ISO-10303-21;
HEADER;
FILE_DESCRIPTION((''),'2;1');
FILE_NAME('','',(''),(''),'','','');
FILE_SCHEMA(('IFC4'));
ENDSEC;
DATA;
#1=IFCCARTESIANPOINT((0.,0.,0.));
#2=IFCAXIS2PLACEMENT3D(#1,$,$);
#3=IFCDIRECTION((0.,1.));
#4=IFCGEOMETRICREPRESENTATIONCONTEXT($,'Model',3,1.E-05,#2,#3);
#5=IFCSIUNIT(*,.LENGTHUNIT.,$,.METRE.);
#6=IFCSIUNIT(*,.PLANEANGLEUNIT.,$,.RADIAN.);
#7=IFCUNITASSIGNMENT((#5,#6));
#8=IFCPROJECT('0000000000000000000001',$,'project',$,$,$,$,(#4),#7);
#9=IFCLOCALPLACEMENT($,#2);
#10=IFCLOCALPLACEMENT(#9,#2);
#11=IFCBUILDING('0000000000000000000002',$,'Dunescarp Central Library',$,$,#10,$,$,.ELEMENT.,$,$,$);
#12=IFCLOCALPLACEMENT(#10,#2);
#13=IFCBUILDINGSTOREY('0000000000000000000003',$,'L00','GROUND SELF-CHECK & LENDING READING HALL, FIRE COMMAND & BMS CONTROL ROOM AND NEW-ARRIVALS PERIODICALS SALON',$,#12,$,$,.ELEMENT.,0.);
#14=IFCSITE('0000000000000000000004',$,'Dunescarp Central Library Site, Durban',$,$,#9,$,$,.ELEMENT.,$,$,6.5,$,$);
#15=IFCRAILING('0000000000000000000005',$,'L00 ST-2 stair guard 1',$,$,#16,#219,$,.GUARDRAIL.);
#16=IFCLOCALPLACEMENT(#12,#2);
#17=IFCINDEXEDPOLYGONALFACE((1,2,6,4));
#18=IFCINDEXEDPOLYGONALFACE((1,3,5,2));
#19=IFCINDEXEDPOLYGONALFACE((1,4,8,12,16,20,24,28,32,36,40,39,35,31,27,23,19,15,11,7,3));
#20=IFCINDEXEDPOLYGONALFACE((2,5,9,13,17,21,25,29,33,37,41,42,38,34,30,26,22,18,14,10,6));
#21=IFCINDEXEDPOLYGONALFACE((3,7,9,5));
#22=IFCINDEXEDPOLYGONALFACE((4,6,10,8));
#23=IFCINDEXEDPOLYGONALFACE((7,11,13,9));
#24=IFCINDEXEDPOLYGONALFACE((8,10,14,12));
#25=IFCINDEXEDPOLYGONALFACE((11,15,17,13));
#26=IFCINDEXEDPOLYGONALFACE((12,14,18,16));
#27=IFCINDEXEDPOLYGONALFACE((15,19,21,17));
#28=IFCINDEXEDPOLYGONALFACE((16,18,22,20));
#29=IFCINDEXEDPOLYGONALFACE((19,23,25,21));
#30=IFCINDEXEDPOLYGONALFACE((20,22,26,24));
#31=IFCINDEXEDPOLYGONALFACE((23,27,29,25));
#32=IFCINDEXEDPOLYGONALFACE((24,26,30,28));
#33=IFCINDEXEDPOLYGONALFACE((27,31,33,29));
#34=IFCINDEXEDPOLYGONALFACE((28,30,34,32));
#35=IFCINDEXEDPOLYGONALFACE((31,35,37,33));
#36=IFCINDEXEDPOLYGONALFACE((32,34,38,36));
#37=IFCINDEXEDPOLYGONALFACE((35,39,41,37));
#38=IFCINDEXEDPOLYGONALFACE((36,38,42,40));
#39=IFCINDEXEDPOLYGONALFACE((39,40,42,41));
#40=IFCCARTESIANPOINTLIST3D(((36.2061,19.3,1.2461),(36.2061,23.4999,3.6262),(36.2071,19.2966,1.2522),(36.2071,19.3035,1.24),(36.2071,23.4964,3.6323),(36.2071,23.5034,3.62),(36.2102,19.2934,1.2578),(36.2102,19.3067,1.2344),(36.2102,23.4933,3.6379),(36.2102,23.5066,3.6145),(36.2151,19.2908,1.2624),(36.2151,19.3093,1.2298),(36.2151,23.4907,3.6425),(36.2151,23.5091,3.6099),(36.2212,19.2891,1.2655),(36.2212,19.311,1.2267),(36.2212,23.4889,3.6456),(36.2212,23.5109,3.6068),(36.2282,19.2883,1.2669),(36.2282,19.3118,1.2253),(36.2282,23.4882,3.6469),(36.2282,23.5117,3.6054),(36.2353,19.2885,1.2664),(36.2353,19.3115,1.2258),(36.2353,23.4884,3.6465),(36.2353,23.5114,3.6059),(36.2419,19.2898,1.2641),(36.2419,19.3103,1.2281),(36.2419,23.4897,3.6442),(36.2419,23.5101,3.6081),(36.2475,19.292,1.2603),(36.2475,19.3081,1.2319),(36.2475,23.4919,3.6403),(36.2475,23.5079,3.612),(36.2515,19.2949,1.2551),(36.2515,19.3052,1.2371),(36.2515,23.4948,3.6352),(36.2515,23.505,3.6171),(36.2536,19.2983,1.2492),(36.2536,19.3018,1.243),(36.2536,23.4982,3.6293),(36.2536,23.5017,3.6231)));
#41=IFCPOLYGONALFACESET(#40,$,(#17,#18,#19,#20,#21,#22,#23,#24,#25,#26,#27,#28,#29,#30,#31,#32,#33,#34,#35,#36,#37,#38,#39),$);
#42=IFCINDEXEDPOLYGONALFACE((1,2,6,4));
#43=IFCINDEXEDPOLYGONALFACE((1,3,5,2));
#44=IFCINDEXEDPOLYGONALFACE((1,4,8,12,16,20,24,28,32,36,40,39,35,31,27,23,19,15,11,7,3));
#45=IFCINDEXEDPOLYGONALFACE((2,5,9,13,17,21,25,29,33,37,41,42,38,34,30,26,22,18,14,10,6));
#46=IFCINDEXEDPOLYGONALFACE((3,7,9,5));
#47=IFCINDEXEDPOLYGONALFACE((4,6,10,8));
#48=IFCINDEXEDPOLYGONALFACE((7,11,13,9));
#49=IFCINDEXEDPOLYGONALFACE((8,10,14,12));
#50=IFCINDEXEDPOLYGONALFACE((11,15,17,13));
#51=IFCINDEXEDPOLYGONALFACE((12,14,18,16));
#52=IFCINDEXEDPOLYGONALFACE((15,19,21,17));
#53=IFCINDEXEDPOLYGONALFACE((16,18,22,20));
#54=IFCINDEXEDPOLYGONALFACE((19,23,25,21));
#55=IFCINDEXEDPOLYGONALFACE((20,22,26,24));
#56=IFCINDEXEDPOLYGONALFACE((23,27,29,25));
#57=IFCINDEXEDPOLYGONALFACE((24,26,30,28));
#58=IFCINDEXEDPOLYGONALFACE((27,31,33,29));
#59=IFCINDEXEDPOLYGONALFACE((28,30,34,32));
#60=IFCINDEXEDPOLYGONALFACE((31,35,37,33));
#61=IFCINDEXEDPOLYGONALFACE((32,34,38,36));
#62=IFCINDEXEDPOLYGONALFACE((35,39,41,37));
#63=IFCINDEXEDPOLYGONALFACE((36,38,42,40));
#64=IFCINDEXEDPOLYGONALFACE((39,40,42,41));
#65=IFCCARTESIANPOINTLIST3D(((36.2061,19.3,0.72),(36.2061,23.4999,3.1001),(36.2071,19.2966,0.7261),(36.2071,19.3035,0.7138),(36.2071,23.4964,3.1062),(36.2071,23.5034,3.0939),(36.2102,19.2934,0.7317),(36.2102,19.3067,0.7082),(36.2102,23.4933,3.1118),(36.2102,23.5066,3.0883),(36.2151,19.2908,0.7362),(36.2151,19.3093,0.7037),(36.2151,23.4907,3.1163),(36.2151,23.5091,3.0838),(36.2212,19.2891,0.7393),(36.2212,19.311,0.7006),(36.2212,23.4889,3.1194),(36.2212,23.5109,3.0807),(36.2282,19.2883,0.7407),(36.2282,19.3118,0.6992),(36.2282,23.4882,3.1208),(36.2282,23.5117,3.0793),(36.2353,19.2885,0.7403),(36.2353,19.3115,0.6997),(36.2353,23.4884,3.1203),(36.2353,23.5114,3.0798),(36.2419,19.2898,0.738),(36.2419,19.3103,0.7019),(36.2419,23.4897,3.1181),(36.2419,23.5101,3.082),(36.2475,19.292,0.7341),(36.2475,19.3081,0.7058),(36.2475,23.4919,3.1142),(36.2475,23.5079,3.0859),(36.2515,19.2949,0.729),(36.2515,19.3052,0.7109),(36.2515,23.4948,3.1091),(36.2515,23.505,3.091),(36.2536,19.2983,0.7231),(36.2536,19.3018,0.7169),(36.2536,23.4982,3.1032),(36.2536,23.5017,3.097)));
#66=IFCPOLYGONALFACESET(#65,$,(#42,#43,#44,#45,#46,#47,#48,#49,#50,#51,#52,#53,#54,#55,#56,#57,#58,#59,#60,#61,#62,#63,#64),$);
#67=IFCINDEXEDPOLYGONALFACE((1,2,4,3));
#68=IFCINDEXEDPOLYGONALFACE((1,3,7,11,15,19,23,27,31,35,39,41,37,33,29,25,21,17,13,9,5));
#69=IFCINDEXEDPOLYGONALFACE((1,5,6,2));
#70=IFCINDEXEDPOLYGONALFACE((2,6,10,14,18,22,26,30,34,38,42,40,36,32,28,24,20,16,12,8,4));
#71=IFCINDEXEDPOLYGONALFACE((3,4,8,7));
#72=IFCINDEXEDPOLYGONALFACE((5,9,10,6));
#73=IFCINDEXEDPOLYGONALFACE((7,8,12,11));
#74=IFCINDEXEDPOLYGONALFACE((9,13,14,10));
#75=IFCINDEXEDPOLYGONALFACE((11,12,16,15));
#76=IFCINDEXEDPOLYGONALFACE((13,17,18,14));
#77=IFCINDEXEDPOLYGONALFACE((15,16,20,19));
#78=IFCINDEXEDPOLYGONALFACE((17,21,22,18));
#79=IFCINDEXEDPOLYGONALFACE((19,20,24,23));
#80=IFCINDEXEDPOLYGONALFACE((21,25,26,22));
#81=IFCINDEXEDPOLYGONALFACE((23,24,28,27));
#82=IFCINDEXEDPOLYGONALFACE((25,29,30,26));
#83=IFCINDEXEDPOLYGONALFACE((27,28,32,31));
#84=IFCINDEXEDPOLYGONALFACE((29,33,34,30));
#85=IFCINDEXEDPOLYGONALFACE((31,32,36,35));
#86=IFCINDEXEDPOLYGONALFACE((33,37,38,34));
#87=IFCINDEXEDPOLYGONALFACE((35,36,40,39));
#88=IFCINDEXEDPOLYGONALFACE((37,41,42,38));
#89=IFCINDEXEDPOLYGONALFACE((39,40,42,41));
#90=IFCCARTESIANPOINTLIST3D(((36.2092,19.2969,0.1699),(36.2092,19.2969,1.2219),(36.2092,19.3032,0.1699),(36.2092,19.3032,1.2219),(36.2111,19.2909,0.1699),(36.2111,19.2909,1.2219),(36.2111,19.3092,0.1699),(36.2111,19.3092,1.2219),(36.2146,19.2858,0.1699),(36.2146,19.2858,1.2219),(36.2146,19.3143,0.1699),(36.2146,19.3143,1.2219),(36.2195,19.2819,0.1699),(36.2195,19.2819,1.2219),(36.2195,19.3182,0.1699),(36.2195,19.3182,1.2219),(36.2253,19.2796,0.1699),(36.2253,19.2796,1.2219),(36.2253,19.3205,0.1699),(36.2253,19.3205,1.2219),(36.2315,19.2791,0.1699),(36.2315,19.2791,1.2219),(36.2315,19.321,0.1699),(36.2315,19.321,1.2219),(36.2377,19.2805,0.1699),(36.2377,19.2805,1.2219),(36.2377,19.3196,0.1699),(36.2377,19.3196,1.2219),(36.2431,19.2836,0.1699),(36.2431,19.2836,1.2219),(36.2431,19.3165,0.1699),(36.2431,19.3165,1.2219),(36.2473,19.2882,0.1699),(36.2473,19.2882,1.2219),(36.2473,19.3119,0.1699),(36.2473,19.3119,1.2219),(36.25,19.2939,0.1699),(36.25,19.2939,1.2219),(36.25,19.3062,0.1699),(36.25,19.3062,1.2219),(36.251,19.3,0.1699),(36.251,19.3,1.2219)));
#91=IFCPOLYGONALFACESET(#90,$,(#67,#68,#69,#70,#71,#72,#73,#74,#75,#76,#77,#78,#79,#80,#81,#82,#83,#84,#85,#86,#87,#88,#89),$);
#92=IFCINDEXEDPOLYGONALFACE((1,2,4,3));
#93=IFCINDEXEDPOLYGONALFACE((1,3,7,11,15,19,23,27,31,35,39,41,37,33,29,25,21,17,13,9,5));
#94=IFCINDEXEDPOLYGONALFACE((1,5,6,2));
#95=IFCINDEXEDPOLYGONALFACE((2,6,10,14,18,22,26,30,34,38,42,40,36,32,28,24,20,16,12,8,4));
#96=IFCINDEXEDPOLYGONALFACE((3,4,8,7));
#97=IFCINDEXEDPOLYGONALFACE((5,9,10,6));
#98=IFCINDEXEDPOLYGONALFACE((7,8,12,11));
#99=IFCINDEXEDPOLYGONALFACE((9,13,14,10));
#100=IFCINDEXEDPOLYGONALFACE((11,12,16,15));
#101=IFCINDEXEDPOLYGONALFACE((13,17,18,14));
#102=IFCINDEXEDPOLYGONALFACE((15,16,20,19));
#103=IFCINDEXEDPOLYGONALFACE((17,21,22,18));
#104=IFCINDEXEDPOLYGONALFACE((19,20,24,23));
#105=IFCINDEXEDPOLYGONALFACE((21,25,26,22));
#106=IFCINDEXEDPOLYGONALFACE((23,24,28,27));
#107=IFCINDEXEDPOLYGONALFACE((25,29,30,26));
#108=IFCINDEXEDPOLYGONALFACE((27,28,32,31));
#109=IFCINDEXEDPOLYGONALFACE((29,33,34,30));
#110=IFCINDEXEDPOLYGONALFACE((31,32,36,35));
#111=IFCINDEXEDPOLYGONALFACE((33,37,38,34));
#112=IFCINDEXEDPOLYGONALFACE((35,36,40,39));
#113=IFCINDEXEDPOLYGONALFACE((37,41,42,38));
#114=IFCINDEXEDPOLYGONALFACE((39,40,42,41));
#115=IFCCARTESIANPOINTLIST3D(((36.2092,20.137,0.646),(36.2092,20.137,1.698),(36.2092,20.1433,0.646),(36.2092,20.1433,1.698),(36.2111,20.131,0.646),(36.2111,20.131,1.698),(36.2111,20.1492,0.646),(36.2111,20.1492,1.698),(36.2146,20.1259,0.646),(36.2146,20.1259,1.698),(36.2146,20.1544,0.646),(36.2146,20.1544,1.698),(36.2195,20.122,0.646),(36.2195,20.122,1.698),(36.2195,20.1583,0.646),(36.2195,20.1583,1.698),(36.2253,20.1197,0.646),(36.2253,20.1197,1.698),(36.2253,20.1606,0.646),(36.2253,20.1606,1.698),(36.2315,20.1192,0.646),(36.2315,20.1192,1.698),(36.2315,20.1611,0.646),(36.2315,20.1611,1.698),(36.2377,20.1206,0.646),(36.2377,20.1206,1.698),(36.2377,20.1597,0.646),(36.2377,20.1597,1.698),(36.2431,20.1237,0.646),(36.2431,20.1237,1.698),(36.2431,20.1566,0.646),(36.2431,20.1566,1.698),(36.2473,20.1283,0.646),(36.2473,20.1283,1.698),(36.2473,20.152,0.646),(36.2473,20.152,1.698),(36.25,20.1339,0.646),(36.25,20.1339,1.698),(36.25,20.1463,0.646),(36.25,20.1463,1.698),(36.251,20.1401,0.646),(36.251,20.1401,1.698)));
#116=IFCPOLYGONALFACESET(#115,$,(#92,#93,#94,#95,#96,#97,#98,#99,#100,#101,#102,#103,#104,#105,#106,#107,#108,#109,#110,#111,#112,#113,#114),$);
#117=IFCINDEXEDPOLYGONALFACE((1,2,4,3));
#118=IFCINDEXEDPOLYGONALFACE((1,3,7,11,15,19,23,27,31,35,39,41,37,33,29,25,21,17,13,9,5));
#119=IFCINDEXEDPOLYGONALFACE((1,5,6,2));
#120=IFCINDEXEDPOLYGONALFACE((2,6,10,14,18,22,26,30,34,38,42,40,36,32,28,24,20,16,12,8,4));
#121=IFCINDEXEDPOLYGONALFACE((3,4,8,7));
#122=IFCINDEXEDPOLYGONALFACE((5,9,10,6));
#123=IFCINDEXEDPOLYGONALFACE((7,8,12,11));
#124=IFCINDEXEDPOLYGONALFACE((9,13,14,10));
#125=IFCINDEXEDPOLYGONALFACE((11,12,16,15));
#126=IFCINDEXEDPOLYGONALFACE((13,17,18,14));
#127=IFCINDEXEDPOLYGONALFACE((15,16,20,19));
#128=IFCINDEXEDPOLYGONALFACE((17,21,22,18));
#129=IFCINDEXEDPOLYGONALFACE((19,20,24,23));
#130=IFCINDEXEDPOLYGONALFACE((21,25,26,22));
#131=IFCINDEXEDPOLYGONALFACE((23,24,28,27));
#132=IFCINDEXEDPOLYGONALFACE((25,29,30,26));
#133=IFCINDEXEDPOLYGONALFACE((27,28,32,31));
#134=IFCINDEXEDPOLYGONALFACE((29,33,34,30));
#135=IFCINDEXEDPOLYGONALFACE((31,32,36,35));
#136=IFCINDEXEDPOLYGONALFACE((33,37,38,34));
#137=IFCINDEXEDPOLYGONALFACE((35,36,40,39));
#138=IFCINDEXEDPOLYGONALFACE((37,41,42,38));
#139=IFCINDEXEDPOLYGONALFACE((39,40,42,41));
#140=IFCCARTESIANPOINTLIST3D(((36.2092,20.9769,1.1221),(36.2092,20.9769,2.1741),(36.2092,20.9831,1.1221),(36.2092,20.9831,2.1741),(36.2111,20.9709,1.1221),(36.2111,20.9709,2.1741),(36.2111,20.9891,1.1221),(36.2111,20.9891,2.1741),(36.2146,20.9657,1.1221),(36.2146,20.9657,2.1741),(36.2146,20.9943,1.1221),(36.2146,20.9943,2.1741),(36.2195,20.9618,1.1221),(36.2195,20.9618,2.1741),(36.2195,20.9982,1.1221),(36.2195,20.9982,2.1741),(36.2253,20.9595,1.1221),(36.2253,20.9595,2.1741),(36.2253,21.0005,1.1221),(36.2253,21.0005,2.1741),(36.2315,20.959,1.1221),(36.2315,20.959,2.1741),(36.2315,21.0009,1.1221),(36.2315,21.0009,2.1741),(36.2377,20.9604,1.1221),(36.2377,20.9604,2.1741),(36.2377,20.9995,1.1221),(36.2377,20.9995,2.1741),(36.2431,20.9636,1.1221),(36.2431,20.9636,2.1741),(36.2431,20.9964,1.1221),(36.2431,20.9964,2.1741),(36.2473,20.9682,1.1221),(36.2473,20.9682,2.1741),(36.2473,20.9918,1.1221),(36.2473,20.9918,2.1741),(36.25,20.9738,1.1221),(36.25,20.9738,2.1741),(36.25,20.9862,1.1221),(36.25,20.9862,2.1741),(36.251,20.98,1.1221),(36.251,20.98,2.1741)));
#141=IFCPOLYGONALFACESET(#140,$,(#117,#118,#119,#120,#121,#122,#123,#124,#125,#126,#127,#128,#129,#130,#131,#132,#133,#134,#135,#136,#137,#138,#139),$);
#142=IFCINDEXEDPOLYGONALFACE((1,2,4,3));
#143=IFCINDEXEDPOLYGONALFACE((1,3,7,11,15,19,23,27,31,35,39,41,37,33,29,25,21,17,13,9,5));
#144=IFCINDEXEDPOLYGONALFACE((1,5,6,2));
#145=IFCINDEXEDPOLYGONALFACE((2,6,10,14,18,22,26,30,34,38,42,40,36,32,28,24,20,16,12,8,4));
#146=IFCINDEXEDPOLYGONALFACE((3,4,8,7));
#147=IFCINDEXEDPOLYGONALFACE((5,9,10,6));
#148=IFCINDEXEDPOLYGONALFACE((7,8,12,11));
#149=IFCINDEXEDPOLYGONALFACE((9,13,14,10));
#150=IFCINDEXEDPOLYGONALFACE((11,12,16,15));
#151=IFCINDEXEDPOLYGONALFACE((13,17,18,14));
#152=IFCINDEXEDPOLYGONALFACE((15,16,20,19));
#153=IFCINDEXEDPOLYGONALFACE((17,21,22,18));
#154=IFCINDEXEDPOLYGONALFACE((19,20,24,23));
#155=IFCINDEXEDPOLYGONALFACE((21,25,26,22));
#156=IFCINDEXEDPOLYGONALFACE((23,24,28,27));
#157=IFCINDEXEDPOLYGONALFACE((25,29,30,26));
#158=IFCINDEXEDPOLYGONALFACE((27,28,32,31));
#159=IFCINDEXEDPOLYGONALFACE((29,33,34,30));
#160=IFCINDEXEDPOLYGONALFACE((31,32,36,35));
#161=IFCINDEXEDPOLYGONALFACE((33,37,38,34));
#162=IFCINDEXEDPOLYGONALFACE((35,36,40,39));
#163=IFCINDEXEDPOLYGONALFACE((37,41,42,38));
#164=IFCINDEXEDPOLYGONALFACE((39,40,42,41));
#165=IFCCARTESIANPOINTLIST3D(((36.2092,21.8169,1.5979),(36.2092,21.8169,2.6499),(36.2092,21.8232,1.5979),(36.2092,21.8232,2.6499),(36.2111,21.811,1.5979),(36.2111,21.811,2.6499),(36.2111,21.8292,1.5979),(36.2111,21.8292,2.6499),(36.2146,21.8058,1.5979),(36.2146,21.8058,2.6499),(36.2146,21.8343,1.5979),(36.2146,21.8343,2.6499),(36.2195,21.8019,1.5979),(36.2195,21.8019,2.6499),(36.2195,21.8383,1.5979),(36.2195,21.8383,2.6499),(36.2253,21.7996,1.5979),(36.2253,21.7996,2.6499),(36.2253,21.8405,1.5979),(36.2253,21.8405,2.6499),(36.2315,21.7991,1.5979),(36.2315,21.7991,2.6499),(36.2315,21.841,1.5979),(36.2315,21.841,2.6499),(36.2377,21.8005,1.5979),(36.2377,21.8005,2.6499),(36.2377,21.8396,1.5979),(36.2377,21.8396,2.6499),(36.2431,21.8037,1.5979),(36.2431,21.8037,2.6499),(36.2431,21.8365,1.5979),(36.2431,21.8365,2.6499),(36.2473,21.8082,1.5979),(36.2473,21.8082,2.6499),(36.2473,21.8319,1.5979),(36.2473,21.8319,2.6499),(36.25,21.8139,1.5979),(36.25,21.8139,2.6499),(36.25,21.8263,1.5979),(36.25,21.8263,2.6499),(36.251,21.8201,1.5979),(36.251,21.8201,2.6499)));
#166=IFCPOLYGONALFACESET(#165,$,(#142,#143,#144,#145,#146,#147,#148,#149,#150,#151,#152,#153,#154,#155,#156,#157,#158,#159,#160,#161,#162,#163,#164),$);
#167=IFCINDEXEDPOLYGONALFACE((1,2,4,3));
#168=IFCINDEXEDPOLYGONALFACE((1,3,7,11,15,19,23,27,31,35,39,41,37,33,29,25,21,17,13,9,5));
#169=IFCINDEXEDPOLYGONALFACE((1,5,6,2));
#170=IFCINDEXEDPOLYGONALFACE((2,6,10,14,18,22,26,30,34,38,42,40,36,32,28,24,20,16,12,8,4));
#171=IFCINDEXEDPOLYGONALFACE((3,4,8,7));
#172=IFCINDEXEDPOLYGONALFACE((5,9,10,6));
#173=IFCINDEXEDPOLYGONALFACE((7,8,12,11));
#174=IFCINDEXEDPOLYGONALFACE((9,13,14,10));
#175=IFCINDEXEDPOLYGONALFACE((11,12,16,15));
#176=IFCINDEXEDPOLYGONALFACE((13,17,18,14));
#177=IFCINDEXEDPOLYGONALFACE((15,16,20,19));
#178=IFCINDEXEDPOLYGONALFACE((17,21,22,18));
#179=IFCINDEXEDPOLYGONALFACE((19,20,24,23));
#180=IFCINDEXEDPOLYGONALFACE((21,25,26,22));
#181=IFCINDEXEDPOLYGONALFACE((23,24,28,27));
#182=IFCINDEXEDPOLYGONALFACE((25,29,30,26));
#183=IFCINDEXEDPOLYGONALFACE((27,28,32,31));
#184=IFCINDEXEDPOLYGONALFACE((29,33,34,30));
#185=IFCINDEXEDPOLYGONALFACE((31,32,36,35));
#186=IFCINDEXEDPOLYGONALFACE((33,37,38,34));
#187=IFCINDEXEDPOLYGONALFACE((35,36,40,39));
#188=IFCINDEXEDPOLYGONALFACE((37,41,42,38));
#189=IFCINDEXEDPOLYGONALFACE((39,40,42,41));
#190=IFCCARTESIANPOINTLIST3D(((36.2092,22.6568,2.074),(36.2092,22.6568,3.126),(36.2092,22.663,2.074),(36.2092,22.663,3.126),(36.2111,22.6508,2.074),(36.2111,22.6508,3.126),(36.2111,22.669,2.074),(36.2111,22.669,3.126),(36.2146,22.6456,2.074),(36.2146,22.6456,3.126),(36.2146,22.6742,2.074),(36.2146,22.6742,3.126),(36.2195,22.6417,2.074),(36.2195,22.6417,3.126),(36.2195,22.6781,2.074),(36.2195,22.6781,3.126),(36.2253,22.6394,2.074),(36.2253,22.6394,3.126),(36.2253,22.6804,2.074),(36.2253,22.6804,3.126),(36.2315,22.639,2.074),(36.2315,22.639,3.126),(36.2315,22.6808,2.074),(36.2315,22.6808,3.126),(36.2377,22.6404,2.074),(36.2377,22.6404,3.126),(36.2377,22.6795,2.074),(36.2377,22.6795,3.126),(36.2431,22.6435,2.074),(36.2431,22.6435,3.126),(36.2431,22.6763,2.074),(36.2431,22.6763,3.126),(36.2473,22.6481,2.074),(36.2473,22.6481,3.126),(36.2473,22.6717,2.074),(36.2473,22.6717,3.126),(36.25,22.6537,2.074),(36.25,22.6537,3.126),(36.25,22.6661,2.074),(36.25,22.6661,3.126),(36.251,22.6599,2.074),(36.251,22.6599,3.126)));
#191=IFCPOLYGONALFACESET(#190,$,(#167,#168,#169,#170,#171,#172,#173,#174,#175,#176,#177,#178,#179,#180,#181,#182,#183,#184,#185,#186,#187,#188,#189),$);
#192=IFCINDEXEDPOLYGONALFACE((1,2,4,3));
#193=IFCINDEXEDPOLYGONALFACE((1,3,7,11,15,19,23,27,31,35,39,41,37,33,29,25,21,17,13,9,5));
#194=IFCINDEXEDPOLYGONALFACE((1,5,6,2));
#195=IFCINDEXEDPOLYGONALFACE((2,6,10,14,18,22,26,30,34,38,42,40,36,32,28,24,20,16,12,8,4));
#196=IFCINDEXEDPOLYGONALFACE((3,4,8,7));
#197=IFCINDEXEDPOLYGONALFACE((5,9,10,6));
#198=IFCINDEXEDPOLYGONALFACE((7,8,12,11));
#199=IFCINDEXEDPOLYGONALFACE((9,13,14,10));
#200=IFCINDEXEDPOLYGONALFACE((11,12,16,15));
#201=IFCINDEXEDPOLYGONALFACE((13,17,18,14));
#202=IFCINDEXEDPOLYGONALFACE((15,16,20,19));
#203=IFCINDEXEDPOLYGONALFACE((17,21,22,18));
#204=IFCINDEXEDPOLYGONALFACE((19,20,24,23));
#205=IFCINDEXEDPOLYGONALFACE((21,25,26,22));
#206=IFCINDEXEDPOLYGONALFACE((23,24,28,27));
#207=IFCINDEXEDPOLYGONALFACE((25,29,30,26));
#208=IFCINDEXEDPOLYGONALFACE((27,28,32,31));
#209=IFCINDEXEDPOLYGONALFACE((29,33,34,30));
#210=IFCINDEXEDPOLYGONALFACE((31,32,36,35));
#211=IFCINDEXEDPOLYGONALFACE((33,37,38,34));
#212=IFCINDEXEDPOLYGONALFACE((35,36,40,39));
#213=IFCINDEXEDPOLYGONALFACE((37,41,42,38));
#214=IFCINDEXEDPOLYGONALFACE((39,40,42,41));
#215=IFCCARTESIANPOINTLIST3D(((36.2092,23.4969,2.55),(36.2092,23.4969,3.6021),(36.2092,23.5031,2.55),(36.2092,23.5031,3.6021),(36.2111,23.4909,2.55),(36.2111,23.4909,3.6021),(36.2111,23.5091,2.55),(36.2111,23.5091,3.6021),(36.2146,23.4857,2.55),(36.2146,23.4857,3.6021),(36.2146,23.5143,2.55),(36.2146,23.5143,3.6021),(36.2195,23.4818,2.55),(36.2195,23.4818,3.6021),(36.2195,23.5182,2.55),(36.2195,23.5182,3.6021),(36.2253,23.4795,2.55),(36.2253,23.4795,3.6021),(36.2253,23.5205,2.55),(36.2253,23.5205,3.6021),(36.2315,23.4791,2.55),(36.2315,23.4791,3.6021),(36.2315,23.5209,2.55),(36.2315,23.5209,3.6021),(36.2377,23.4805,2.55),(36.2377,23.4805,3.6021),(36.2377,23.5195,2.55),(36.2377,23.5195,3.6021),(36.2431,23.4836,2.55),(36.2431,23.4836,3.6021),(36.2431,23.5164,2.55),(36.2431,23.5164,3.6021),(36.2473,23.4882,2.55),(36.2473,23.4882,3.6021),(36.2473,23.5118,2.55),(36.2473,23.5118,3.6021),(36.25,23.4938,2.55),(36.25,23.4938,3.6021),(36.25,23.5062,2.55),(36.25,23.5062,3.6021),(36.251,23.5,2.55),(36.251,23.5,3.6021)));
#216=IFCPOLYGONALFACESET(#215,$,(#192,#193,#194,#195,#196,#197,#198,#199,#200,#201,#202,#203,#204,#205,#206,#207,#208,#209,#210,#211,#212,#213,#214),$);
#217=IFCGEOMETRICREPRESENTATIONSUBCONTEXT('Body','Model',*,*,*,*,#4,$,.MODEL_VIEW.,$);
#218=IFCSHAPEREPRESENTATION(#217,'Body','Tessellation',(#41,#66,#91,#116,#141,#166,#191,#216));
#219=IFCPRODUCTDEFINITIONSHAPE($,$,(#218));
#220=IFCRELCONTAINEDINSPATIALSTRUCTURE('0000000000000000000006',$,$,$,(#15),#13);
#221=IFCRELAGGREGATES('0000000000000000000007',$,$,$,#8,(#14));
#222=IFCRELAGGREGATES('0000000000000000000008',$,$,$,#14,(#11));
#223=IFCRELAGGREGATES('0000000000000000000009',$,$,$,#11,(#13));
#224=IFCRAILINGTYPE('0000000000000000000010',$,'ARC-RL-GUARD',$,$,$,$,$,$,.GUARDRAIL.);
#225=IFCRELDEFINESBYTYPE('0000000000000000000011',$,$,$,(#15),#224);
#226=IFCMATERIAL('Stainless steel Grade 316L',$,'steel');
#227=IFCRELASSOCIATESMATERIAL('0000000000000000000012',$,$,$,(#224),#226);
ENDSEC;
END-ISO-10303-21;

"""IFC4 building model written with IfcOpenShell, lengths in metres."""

from ifc_helpers import new_model, si_unit, direction, frame, origin, origin_2d, place, context, subcontext, project, spatial, circle, extrude, material, type_object, element, save


model = new_model("IFC4")

# Units and contexts
model_context = context("Model", 3, precision=1e-05, world=origin(), true_north=direction((0.0, 1.0)))
body_context = subcontext(model_context, "Body", "Model", "MODEL_VIEW")
ifc_project = project(units=[si_unit("LENGTHUNIT", "METRE"), si_unit("PLANEANGLEUNIT", "RADIAN")], contexts=[model_context])

# Site, building, storey
site_placement = place(None, origin())
site = spatial("IfcSite", under=ifc_project, at=site_placement, Name="Dunescarp Central Library Site, Durban", CompositionType="ELEMENT", RefElevation=6.5)
building_placement = place(site_placement, origin())
building = spatial("IfcBuilding", under=site, at=building_placement, Name="Dunescarp Central Library", CompositionType="ELEMENT")
storey_placement = place(building_placement, origin())
storey = spatial("IfcBuildingStorey", under=building, at=storey_placement, Name="L00", Description="GROUND SELF-CHECK & LENDING READING HALL, FIRE COMMAND & BMS CONTROL ROOM AND NEW-ARRIVALS PERIODICALS SALON", CompositionType="ELEMENT", Elevation=0.0)

# Railing
ifc_material_1 = material(Name="Stainless steel Grade 316L", Category="steel")
railing_type_1 = type_object("IfcRailingType", Name="ARC-RL-GUARD", PredefinedType="GUARDRAIL", material=ifc_material_1)
railing_1_placement = place(storey_placement, frame((36.23, 19.3, 0.1699)))
element("IfcRailing", 1, at=railing_1_placement, inside=storey, type_object=railing_type_1, Name="L00 ST-2 stair guard 1", PredefinedType="GUARDRAIL", context=body_context, shape_type="SweptSolid", body=[
    extrude(circle(Radius=0.0239, at=origin_2d()), frame((0.0, 0.0, 1.0762), z_axis=(0.0, 0.870008, 0.493037), x_axis=(-1.0, 0.0, 0.0)), (0.0, 0.0, 1.0), 4.8274),
    extrude(circle(Radius=0.0239, at=origin_2d()), frame((0.0, 0.0, 0.55), z_axis=(0.0, 0.870008, 0.493037), x_axis=(-1.0, 0.0, 0.0)), (0.0, 0.0, 1.0), 4.8274),
    extrude(circle(Radius=0.021, at=origin_2d()), origin(), (0.0, 0.0, 1.0), 1.052),
    extrude(circle(Radius=0.021, at=origin_2d()), frame((0.0, 0.8401, 0.4761)), (0.0, 0.0, 1.0), 1.052),
    extrude(circle(Radius=0.021, at=origin_2d()), frame((0.0, 1.6799, 0.9521)), (0.0, 0.0, 1.0), 1.052),
    extrude(circle(Radius=0.021, at=origin_2d()), frame((0.0, 2.52, 1.428)), (0.0, 0.0, 1.0), 1.052),
    extrude(circle(Radius=0.021, at=origin_2d()), frame((0.0, 3.3599, 1.9041)), (0.0, 0.0, 1.0), 1.052),
    extrude(circle(Radius=0.021, at=origin_2d()), frame((0.0, 4.2, 2.3801)), (0.0, 0.0, 1.0), 1.052),
])

save(model, "model.ifc")
